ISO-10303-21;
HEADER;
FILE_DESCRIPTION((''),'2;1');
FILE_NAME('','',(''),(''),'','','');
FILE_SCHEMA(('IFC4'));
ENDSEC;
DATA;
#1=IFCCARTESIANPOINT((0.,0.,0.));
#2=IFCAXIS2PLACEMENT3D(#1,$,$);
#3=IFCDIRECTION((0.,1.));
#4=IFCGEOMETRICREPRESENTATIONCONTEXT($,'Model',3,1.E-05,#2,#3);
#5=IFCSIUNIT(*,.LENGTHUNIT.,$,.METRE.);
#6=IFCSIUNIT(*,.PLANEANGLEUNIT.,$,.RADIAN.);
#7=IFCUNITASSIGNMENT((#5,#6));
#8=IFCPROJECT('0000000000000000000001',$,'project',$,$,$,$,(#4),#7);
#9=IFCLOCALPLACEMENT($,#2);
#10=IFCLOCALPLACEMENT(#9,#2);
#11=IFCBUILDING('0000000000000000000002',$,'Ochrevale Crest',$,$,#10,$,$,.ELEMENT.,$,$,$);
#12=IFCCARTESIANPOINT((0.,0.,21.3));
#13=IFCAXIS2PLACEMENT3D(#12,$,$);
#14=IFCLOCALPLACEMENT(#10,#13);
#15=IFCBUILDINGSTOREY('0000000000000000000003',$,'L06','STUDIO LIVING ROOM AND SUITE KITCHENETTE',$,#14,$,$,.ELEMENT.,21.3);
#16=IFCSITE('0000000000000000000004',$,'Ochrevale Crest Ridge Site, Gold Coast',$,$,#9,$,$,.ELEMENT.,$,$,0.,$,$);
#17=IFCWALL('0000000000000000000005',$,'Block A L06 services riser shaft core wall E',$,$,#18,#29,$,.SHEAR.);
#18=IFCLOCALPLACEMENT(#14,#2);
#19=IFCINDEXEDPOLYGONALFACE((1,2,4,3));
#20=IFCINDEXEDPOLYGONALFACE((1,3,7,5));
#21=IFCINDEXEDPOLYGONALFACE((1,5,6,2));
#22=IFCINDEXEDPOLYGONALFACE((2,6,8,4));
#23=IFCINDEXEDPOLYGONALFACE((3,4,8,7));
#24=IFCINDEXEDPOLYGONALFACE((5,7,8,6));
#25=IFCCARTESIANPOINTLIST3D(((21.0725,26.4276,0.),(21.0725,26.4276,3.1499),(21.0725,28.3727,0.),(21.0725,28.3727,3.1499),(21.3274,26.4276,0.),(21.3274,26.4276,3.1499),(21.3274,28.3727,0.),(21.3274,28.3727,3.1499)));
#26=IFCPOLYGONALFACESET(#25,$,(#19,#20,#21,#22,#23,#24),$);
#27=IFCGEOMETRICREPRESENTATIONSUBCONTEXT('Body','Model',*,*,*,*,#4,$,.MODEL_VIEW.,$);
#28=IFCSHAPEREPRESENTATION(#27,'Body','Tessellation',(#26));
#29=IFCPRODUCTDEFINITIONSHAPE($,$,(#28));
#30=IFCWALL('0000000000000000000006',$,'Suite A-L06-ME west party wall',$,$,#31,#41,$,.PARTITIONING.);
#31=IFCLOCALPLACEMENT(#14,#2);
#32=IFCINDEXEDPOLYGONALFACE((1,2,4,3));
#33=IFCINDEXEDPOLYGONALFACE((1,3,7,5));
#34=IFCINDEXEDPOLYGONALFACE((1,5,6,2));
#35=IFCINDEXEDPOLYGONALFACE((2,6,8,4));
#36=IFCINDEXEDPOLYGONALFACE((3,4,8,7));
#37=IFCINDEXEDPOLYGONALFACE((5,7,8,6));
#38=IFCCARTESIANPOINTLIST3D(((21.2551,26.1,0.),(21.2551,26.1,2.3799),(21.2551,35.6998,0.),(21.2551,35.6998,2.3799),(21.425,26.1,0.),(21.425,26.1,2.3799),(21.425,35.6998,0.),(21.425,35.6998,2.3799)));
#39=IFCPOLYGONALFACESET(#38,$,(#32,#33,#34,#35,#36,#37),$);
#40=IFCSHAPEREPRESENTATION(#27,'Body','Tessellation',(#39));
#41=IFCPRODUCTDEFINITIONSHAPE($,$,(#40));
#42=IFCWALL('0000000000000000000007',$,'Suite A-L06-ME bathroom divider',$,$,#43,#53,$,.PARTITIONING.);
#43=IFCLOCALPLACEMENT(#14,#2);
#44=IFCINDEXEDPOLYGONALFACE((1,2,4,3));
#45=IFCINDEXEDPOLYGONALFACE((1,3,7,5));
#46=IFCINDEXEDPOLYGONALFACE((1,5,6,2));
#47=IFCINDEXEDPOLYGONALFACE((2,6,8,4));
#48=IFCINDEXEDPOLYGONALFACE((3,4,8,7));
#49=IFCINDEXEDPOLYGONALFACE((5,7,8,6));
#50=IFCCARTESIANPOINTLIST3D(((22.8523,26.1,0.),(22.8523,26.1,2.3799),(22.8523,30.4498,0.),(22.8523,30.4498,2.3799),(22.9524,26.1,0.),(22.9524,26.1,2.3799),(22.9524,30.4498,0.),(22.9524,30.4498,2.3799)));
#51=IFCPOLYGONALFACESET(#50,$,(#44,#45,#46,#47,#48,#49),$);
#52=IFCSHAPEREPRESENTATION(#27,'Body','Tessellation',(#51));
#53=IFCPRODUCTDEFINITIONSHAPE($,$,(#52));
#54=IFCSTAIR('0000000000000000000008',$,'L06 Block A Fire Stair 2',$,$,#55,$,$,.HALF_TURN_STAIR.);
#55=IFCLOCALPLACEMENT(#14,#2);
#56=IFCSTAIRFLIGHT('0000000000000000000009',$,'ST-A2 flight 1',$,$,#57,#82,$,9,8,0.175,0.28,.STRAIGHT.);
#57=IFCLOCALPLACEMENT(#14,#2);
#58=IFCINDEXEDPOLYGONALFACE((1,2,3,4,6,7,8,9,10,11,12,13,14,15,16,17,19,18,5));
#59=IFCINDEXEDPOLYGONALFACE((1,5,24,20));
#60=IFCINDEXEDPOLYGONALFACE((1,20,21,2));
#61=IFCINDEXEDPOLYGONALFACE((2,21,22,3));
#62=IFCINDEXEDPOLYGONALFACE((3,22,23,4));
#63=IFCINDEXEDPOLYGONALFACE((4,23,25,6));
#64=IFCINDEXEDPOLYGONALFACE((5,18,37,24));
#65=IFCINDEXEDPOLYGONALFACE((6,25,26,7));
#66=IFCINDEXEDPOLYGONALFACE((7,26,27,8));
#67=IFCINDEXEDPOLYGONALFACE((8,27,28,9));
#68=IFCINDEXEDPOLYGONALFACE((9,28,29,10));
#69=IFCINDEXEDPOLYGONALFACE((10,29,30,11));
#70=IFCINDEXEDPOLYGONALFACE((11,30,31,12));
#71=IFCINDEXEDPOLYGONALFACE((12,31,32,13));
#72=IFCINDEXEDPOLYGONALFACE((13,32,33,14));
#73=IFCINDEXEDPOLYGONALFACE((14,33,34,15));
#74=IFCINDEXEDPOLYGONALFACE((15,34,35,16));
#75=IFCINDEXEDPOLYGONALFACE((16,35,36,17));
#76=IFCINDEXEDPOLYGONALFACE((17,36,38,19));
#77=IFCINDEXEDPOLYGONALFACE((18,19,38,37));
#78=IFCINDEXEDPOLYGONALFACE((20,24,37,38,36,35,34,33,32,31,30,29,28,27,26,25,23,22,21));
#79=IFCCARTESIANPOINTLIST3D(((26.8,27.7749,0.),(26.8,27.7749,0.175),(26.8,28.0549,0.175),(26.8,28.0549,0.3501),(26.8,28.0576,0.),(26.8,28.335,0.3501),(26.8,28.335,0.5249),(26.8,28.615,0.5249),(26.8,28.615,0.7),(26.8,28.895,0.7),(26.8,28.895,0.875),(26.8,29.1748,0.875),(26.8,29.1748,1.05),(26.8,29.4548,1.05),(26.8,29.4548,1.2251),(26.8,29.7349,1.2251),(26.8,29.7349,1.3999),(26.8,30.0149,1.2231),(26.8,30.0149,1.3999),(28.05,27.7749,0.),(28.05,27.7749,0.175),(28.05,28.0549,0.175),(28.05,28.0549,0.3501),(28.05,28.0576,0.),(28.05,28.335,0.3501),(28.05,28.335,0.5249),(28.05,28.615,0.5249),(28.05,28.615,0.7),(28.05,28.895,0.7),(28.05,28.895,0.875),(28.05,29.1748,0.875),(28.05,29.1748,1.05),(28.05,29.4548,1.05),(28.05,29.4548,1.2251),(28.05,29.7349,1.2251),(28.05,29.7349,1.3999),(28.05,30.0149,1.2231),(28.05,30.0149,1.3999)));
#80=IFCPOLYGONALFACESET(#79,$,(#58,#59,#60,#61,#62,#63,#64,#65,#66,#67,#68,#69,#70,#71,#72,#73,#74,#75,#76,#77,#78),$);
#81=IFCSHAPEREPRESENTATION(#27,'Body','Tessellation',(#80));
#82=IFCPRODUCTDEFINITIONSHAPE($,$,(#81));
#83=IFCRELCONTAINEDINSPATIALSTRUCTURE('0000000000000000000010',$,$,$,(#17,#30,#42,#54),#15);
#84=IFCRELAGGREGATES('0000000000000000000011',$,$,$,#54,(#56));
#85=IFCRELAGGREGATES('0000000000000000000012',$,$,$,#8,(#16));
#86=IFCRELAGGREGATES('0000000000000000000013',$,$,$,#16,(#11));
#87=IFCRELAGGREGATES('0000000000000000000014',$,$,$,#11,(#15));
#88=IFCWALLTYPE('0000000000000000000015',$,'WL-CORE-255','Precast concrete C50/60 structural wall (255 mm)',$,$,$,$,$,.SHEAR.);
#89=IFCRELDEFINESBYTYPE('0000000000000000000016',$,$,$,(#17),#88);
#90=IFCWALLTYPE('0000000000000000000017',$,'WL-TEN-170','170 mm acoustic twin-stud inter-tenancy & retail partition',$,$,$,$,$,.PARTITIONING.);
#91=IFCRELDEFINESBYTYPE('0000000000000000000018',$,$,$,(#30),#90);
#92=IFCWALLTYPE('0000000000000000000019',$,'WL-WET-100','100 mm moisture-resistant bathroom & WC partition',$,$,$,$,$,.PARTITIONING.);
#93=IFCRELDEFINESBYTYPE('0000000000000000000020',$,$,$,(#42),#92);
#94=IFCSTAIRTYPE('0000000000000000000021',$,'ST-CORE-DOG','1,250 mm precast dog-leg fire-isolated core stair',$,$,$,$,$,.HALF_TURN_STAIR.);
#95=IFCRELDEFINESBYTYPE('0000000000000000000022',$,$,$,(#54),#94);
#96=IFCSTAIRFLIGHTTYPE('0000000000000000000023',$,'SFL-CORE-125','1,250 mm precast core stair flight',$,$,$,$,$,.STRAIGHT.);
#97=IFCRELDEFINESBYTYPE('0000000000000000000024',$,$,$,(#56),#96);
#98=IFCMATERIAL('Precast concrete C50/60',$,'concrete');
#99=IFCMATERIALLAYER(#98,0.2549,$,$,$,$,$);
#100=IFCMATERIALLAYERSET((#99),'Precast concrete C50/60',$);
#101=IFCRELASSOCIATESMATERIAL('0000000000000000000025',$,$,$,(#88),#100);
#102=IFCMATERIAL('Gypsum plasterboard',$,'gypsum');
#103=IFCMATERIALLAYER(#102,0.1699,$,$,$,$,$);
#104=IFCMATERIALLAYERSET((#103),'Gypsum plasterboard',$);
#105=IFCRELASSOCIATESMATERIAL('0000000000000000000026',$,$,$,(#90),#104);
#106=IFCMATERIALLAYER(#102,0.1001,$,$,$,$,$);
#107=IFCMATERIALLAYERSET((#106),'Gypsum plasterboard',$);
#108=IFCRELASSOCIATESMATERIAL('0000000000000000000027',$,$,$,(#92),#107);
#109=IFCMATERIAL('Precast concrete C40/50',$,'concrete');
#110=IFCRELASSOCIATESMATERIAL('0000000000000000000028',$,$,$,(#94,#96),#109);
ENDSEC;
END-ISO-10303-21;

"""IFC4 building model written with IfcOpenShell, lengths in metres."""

from ifc_helpers import new_model, si_unit, direction, frame, frame_2d, origin, place, context, subcontext, project, spatial, polyline, rectangle, outline, extrude, material, layer, layer_set, type_object, element, aggregate, save


model = new_model("IFC4")

# Units and contexts
model_context = context("Model", 3, precision=1e-05, world=origin(), true_north=direction((0.0, 1.0)))
body_context = subcontext(model_context, "Body", "Model", "MODEL_VIEW")
ifc_project = project(units=[si_unit("LENGTHUNIT", "METRE"), si_unit("PLANEANGLEUNIT", "RADIAN")], contexts=[model_context])

# Site, building, storey
site_placement = place(None, origin())
site = spatial("IfcSite", under=ifc_project, at=site_placement, Name="Ochrevale Crest Ridge Site, Gold Coast", CompositionType="ELEMENT", RefElevation=0.0)
building_placement = place(site_placement, origin())
building = spatial("IfcBuilding", under=site, at=building_placement, Name="Ochrevale Crest", CompositionType="ELEMENT")
storey_placement = place(building_placement, frame((0.0, 0.0, 21.3)))
storey = spatial("IfcBuildingStorey", under=building, at=storey_placement, Name="L06", Description="STUDIO LIVING ROOM AND SUITE KITCHENETTE", CompositionType="ELEMENT", Elevation=21.3)

# Shared definitions
ifc_material_1 = material(Name="Precast concrete C50/60", Category="concrete")

# Shared definitions
ifc_material_2 = material(Name="Gypsum plasterboard", Category="gypsum")
ifc_layer_1 = layer(ifc_material_1, 0.2549)
ifc_layer_set_1 = layer_set([ifc_layer_1], Name="Precast concrete C50/60")
wall_type_1 = type_object("IfcWallType", Name="WL-CORE-255", Description="Precast concrete C50/60 structural wall (255 mm)", PredefinedType="SHEAR", material=ifc_layer_set_1)

# Walls
wall_1_placement = place(storey_placement, frame((21.2, 26.4275, 0.0), z_axis=(0.0, 0.0, 1.0), x_axis=(0.0, 1.0, 0.0)))
element("IfcWall", 1, at=wall_1_placement, inside=storey, type_object=wall_type_1, Name="Block A L06 services riser shaft core wall E", PredefinedType="SHEAR", context=body_context, shape_type="SweptSolid", body=[
    extrude(rectangle(XDim=1.9451, YDim=0.2549, at=frame_2d((0.9727, 0.0))), origin(), (0.0, 0.0, 1.0), 3.1499),
])
ifc_layer_2 = layer(ifc_material_2, 0.1699)
ifc_layer_set_2 = layer_set([ifc_layer_2], Name="Gypsum plasterboard")
wall_type_2 = type_object("IfcWallType", Name="WL-TEN-170", Description="170 mm acoustic twin-stud inter-tenancy & retail partition", PredefinedType="PARTITIONING", material=ifc_layer_set_2)
wall_2_placement = place(storey_placement, frame((21.3401, 26.1001, 0.0), z_axis=(0.0, 0.0, 1.0), x_axis=(0.0, 1.0, 0.0)))
element("IfcWall", 2, at=wall_2_placement, inside=storey, type_object=wall_type_2, Name="Suite A-L06-ME west party wall", PredefinedType="PARTITIONING", context=body_context, shape_type="SweptSolid", body=[
    extrude(rectangle(XDim=9.5999, YDim=0.1699, at=frame_2d((4.7998, 0.0))), origin(), (0.0, 0.0, 1.0), 2.3799),
])
ifc_layer_3 = layer(ifc_material_2, 0.1001)
ifc_layer_set_3 = layer_set([ifc_layer_3], Name="Gypsum plasterboard")
wall_type_3 = type_object("IfcWallType", Name="WL-WET-100", Description="100 mm moisture-resistant bathroom & WC partition", PredefinedType="PARTITIONING", material=ifc_layer_set_3)
wall_3_placement = place(storey_placement, frame((22.9023, 26.1001, 0.0), z_axis=(0.0, 0.0, 1.0), x_axis=(0.0, 1.0, 0.0)))
element("IfcWall", 3, at=wall_3_placement, inside=storey, type_object=wall_type_3, Name="Suite A-L06-ME bathroom divider", PredefinedType="PARTITIONING", context=body_context, shape_type="SweptSolid", body=[
    extrude(rectangle(XDim=4.3499, YDim=0.1001, at=frame_2d((2.1748, 0.0))), origin(), (0.0, 0.0, 1.0), 2.3799),
])

# Stair, stair flight
ifc_material_3 = material(Name="Precast concrete C40/50", Category="concrete")
stair_type = type_object("IfcStairType", Name="ST-CORE-DOG", Description="1,250 mm precast dog-leg fire-isolated core stair", PredefinedType="HALF_TURN_STAIR", material=ifc_material_3)
stair_placement = place(storey_placement, origin())
stair = element("IfcStair", 4, at=stair_placement, inside=storey, type_object=stair_type, Name="L06 Block A Fire Stair 2", PredefinedType="HALF_TURN_STAIR")
stair_flight_type = type_object("IfcStairFlightType", Name="SFL-CORE-125", Description="1,250 mm precast core stair flight", PredefinedType="STRAIGHT", material=ifc_material_3)
stair_flight_placement = place(storey_placement, frame((27.425, 27.7749, 0.0), z_axis=(0.0, 0.0, 1.0), x_axis=(0.0, 1.0, 0.0)))
stair_flight = element("IfcStairFlight", 5, at=stair_flight_placement, type_object=stair_flight_type, Name="ST-A2 flight 1", NumberOfRisers=9, NumberOfTreads=8, PredefinedType="STRAIGHT", RiserHeight=0.175, TreadLength=0.28, context=body_context, shape_type="SweptSolid", body=[
    extrude(outline(polyline([(0.0, 0.0), (0.0, 0.175), (0.28, 0.175), (0.28, 0.3501), (0.5601, 0.3501), (0.5601, 0.5249), (0.8401, 0.5249), (0.8401, 0.7), (1.1201, 0.7), (1.1201, 0.875), (1.3999, 0.875), (1.3999, 1.05), (1.6799, 1.05), (1.6799, 1.2251), (1.96, 1.2251), (1.96, 1.3999), (2.24, 1.3999), (2.24, 1.575), (2.24, 1.2231), (0.2827, 0.0), (0.0, 0.0)])), frame((0.0, 0.625, 0.0), z_axis=(0.0, -1.0, 0.0), x_axis=(1.0, 0.0, 0.0)), (0.0, 0.0, 1.0), 1.25),
])
aggregate(stair, [stair_flight])

save(model, "model.ifc")
